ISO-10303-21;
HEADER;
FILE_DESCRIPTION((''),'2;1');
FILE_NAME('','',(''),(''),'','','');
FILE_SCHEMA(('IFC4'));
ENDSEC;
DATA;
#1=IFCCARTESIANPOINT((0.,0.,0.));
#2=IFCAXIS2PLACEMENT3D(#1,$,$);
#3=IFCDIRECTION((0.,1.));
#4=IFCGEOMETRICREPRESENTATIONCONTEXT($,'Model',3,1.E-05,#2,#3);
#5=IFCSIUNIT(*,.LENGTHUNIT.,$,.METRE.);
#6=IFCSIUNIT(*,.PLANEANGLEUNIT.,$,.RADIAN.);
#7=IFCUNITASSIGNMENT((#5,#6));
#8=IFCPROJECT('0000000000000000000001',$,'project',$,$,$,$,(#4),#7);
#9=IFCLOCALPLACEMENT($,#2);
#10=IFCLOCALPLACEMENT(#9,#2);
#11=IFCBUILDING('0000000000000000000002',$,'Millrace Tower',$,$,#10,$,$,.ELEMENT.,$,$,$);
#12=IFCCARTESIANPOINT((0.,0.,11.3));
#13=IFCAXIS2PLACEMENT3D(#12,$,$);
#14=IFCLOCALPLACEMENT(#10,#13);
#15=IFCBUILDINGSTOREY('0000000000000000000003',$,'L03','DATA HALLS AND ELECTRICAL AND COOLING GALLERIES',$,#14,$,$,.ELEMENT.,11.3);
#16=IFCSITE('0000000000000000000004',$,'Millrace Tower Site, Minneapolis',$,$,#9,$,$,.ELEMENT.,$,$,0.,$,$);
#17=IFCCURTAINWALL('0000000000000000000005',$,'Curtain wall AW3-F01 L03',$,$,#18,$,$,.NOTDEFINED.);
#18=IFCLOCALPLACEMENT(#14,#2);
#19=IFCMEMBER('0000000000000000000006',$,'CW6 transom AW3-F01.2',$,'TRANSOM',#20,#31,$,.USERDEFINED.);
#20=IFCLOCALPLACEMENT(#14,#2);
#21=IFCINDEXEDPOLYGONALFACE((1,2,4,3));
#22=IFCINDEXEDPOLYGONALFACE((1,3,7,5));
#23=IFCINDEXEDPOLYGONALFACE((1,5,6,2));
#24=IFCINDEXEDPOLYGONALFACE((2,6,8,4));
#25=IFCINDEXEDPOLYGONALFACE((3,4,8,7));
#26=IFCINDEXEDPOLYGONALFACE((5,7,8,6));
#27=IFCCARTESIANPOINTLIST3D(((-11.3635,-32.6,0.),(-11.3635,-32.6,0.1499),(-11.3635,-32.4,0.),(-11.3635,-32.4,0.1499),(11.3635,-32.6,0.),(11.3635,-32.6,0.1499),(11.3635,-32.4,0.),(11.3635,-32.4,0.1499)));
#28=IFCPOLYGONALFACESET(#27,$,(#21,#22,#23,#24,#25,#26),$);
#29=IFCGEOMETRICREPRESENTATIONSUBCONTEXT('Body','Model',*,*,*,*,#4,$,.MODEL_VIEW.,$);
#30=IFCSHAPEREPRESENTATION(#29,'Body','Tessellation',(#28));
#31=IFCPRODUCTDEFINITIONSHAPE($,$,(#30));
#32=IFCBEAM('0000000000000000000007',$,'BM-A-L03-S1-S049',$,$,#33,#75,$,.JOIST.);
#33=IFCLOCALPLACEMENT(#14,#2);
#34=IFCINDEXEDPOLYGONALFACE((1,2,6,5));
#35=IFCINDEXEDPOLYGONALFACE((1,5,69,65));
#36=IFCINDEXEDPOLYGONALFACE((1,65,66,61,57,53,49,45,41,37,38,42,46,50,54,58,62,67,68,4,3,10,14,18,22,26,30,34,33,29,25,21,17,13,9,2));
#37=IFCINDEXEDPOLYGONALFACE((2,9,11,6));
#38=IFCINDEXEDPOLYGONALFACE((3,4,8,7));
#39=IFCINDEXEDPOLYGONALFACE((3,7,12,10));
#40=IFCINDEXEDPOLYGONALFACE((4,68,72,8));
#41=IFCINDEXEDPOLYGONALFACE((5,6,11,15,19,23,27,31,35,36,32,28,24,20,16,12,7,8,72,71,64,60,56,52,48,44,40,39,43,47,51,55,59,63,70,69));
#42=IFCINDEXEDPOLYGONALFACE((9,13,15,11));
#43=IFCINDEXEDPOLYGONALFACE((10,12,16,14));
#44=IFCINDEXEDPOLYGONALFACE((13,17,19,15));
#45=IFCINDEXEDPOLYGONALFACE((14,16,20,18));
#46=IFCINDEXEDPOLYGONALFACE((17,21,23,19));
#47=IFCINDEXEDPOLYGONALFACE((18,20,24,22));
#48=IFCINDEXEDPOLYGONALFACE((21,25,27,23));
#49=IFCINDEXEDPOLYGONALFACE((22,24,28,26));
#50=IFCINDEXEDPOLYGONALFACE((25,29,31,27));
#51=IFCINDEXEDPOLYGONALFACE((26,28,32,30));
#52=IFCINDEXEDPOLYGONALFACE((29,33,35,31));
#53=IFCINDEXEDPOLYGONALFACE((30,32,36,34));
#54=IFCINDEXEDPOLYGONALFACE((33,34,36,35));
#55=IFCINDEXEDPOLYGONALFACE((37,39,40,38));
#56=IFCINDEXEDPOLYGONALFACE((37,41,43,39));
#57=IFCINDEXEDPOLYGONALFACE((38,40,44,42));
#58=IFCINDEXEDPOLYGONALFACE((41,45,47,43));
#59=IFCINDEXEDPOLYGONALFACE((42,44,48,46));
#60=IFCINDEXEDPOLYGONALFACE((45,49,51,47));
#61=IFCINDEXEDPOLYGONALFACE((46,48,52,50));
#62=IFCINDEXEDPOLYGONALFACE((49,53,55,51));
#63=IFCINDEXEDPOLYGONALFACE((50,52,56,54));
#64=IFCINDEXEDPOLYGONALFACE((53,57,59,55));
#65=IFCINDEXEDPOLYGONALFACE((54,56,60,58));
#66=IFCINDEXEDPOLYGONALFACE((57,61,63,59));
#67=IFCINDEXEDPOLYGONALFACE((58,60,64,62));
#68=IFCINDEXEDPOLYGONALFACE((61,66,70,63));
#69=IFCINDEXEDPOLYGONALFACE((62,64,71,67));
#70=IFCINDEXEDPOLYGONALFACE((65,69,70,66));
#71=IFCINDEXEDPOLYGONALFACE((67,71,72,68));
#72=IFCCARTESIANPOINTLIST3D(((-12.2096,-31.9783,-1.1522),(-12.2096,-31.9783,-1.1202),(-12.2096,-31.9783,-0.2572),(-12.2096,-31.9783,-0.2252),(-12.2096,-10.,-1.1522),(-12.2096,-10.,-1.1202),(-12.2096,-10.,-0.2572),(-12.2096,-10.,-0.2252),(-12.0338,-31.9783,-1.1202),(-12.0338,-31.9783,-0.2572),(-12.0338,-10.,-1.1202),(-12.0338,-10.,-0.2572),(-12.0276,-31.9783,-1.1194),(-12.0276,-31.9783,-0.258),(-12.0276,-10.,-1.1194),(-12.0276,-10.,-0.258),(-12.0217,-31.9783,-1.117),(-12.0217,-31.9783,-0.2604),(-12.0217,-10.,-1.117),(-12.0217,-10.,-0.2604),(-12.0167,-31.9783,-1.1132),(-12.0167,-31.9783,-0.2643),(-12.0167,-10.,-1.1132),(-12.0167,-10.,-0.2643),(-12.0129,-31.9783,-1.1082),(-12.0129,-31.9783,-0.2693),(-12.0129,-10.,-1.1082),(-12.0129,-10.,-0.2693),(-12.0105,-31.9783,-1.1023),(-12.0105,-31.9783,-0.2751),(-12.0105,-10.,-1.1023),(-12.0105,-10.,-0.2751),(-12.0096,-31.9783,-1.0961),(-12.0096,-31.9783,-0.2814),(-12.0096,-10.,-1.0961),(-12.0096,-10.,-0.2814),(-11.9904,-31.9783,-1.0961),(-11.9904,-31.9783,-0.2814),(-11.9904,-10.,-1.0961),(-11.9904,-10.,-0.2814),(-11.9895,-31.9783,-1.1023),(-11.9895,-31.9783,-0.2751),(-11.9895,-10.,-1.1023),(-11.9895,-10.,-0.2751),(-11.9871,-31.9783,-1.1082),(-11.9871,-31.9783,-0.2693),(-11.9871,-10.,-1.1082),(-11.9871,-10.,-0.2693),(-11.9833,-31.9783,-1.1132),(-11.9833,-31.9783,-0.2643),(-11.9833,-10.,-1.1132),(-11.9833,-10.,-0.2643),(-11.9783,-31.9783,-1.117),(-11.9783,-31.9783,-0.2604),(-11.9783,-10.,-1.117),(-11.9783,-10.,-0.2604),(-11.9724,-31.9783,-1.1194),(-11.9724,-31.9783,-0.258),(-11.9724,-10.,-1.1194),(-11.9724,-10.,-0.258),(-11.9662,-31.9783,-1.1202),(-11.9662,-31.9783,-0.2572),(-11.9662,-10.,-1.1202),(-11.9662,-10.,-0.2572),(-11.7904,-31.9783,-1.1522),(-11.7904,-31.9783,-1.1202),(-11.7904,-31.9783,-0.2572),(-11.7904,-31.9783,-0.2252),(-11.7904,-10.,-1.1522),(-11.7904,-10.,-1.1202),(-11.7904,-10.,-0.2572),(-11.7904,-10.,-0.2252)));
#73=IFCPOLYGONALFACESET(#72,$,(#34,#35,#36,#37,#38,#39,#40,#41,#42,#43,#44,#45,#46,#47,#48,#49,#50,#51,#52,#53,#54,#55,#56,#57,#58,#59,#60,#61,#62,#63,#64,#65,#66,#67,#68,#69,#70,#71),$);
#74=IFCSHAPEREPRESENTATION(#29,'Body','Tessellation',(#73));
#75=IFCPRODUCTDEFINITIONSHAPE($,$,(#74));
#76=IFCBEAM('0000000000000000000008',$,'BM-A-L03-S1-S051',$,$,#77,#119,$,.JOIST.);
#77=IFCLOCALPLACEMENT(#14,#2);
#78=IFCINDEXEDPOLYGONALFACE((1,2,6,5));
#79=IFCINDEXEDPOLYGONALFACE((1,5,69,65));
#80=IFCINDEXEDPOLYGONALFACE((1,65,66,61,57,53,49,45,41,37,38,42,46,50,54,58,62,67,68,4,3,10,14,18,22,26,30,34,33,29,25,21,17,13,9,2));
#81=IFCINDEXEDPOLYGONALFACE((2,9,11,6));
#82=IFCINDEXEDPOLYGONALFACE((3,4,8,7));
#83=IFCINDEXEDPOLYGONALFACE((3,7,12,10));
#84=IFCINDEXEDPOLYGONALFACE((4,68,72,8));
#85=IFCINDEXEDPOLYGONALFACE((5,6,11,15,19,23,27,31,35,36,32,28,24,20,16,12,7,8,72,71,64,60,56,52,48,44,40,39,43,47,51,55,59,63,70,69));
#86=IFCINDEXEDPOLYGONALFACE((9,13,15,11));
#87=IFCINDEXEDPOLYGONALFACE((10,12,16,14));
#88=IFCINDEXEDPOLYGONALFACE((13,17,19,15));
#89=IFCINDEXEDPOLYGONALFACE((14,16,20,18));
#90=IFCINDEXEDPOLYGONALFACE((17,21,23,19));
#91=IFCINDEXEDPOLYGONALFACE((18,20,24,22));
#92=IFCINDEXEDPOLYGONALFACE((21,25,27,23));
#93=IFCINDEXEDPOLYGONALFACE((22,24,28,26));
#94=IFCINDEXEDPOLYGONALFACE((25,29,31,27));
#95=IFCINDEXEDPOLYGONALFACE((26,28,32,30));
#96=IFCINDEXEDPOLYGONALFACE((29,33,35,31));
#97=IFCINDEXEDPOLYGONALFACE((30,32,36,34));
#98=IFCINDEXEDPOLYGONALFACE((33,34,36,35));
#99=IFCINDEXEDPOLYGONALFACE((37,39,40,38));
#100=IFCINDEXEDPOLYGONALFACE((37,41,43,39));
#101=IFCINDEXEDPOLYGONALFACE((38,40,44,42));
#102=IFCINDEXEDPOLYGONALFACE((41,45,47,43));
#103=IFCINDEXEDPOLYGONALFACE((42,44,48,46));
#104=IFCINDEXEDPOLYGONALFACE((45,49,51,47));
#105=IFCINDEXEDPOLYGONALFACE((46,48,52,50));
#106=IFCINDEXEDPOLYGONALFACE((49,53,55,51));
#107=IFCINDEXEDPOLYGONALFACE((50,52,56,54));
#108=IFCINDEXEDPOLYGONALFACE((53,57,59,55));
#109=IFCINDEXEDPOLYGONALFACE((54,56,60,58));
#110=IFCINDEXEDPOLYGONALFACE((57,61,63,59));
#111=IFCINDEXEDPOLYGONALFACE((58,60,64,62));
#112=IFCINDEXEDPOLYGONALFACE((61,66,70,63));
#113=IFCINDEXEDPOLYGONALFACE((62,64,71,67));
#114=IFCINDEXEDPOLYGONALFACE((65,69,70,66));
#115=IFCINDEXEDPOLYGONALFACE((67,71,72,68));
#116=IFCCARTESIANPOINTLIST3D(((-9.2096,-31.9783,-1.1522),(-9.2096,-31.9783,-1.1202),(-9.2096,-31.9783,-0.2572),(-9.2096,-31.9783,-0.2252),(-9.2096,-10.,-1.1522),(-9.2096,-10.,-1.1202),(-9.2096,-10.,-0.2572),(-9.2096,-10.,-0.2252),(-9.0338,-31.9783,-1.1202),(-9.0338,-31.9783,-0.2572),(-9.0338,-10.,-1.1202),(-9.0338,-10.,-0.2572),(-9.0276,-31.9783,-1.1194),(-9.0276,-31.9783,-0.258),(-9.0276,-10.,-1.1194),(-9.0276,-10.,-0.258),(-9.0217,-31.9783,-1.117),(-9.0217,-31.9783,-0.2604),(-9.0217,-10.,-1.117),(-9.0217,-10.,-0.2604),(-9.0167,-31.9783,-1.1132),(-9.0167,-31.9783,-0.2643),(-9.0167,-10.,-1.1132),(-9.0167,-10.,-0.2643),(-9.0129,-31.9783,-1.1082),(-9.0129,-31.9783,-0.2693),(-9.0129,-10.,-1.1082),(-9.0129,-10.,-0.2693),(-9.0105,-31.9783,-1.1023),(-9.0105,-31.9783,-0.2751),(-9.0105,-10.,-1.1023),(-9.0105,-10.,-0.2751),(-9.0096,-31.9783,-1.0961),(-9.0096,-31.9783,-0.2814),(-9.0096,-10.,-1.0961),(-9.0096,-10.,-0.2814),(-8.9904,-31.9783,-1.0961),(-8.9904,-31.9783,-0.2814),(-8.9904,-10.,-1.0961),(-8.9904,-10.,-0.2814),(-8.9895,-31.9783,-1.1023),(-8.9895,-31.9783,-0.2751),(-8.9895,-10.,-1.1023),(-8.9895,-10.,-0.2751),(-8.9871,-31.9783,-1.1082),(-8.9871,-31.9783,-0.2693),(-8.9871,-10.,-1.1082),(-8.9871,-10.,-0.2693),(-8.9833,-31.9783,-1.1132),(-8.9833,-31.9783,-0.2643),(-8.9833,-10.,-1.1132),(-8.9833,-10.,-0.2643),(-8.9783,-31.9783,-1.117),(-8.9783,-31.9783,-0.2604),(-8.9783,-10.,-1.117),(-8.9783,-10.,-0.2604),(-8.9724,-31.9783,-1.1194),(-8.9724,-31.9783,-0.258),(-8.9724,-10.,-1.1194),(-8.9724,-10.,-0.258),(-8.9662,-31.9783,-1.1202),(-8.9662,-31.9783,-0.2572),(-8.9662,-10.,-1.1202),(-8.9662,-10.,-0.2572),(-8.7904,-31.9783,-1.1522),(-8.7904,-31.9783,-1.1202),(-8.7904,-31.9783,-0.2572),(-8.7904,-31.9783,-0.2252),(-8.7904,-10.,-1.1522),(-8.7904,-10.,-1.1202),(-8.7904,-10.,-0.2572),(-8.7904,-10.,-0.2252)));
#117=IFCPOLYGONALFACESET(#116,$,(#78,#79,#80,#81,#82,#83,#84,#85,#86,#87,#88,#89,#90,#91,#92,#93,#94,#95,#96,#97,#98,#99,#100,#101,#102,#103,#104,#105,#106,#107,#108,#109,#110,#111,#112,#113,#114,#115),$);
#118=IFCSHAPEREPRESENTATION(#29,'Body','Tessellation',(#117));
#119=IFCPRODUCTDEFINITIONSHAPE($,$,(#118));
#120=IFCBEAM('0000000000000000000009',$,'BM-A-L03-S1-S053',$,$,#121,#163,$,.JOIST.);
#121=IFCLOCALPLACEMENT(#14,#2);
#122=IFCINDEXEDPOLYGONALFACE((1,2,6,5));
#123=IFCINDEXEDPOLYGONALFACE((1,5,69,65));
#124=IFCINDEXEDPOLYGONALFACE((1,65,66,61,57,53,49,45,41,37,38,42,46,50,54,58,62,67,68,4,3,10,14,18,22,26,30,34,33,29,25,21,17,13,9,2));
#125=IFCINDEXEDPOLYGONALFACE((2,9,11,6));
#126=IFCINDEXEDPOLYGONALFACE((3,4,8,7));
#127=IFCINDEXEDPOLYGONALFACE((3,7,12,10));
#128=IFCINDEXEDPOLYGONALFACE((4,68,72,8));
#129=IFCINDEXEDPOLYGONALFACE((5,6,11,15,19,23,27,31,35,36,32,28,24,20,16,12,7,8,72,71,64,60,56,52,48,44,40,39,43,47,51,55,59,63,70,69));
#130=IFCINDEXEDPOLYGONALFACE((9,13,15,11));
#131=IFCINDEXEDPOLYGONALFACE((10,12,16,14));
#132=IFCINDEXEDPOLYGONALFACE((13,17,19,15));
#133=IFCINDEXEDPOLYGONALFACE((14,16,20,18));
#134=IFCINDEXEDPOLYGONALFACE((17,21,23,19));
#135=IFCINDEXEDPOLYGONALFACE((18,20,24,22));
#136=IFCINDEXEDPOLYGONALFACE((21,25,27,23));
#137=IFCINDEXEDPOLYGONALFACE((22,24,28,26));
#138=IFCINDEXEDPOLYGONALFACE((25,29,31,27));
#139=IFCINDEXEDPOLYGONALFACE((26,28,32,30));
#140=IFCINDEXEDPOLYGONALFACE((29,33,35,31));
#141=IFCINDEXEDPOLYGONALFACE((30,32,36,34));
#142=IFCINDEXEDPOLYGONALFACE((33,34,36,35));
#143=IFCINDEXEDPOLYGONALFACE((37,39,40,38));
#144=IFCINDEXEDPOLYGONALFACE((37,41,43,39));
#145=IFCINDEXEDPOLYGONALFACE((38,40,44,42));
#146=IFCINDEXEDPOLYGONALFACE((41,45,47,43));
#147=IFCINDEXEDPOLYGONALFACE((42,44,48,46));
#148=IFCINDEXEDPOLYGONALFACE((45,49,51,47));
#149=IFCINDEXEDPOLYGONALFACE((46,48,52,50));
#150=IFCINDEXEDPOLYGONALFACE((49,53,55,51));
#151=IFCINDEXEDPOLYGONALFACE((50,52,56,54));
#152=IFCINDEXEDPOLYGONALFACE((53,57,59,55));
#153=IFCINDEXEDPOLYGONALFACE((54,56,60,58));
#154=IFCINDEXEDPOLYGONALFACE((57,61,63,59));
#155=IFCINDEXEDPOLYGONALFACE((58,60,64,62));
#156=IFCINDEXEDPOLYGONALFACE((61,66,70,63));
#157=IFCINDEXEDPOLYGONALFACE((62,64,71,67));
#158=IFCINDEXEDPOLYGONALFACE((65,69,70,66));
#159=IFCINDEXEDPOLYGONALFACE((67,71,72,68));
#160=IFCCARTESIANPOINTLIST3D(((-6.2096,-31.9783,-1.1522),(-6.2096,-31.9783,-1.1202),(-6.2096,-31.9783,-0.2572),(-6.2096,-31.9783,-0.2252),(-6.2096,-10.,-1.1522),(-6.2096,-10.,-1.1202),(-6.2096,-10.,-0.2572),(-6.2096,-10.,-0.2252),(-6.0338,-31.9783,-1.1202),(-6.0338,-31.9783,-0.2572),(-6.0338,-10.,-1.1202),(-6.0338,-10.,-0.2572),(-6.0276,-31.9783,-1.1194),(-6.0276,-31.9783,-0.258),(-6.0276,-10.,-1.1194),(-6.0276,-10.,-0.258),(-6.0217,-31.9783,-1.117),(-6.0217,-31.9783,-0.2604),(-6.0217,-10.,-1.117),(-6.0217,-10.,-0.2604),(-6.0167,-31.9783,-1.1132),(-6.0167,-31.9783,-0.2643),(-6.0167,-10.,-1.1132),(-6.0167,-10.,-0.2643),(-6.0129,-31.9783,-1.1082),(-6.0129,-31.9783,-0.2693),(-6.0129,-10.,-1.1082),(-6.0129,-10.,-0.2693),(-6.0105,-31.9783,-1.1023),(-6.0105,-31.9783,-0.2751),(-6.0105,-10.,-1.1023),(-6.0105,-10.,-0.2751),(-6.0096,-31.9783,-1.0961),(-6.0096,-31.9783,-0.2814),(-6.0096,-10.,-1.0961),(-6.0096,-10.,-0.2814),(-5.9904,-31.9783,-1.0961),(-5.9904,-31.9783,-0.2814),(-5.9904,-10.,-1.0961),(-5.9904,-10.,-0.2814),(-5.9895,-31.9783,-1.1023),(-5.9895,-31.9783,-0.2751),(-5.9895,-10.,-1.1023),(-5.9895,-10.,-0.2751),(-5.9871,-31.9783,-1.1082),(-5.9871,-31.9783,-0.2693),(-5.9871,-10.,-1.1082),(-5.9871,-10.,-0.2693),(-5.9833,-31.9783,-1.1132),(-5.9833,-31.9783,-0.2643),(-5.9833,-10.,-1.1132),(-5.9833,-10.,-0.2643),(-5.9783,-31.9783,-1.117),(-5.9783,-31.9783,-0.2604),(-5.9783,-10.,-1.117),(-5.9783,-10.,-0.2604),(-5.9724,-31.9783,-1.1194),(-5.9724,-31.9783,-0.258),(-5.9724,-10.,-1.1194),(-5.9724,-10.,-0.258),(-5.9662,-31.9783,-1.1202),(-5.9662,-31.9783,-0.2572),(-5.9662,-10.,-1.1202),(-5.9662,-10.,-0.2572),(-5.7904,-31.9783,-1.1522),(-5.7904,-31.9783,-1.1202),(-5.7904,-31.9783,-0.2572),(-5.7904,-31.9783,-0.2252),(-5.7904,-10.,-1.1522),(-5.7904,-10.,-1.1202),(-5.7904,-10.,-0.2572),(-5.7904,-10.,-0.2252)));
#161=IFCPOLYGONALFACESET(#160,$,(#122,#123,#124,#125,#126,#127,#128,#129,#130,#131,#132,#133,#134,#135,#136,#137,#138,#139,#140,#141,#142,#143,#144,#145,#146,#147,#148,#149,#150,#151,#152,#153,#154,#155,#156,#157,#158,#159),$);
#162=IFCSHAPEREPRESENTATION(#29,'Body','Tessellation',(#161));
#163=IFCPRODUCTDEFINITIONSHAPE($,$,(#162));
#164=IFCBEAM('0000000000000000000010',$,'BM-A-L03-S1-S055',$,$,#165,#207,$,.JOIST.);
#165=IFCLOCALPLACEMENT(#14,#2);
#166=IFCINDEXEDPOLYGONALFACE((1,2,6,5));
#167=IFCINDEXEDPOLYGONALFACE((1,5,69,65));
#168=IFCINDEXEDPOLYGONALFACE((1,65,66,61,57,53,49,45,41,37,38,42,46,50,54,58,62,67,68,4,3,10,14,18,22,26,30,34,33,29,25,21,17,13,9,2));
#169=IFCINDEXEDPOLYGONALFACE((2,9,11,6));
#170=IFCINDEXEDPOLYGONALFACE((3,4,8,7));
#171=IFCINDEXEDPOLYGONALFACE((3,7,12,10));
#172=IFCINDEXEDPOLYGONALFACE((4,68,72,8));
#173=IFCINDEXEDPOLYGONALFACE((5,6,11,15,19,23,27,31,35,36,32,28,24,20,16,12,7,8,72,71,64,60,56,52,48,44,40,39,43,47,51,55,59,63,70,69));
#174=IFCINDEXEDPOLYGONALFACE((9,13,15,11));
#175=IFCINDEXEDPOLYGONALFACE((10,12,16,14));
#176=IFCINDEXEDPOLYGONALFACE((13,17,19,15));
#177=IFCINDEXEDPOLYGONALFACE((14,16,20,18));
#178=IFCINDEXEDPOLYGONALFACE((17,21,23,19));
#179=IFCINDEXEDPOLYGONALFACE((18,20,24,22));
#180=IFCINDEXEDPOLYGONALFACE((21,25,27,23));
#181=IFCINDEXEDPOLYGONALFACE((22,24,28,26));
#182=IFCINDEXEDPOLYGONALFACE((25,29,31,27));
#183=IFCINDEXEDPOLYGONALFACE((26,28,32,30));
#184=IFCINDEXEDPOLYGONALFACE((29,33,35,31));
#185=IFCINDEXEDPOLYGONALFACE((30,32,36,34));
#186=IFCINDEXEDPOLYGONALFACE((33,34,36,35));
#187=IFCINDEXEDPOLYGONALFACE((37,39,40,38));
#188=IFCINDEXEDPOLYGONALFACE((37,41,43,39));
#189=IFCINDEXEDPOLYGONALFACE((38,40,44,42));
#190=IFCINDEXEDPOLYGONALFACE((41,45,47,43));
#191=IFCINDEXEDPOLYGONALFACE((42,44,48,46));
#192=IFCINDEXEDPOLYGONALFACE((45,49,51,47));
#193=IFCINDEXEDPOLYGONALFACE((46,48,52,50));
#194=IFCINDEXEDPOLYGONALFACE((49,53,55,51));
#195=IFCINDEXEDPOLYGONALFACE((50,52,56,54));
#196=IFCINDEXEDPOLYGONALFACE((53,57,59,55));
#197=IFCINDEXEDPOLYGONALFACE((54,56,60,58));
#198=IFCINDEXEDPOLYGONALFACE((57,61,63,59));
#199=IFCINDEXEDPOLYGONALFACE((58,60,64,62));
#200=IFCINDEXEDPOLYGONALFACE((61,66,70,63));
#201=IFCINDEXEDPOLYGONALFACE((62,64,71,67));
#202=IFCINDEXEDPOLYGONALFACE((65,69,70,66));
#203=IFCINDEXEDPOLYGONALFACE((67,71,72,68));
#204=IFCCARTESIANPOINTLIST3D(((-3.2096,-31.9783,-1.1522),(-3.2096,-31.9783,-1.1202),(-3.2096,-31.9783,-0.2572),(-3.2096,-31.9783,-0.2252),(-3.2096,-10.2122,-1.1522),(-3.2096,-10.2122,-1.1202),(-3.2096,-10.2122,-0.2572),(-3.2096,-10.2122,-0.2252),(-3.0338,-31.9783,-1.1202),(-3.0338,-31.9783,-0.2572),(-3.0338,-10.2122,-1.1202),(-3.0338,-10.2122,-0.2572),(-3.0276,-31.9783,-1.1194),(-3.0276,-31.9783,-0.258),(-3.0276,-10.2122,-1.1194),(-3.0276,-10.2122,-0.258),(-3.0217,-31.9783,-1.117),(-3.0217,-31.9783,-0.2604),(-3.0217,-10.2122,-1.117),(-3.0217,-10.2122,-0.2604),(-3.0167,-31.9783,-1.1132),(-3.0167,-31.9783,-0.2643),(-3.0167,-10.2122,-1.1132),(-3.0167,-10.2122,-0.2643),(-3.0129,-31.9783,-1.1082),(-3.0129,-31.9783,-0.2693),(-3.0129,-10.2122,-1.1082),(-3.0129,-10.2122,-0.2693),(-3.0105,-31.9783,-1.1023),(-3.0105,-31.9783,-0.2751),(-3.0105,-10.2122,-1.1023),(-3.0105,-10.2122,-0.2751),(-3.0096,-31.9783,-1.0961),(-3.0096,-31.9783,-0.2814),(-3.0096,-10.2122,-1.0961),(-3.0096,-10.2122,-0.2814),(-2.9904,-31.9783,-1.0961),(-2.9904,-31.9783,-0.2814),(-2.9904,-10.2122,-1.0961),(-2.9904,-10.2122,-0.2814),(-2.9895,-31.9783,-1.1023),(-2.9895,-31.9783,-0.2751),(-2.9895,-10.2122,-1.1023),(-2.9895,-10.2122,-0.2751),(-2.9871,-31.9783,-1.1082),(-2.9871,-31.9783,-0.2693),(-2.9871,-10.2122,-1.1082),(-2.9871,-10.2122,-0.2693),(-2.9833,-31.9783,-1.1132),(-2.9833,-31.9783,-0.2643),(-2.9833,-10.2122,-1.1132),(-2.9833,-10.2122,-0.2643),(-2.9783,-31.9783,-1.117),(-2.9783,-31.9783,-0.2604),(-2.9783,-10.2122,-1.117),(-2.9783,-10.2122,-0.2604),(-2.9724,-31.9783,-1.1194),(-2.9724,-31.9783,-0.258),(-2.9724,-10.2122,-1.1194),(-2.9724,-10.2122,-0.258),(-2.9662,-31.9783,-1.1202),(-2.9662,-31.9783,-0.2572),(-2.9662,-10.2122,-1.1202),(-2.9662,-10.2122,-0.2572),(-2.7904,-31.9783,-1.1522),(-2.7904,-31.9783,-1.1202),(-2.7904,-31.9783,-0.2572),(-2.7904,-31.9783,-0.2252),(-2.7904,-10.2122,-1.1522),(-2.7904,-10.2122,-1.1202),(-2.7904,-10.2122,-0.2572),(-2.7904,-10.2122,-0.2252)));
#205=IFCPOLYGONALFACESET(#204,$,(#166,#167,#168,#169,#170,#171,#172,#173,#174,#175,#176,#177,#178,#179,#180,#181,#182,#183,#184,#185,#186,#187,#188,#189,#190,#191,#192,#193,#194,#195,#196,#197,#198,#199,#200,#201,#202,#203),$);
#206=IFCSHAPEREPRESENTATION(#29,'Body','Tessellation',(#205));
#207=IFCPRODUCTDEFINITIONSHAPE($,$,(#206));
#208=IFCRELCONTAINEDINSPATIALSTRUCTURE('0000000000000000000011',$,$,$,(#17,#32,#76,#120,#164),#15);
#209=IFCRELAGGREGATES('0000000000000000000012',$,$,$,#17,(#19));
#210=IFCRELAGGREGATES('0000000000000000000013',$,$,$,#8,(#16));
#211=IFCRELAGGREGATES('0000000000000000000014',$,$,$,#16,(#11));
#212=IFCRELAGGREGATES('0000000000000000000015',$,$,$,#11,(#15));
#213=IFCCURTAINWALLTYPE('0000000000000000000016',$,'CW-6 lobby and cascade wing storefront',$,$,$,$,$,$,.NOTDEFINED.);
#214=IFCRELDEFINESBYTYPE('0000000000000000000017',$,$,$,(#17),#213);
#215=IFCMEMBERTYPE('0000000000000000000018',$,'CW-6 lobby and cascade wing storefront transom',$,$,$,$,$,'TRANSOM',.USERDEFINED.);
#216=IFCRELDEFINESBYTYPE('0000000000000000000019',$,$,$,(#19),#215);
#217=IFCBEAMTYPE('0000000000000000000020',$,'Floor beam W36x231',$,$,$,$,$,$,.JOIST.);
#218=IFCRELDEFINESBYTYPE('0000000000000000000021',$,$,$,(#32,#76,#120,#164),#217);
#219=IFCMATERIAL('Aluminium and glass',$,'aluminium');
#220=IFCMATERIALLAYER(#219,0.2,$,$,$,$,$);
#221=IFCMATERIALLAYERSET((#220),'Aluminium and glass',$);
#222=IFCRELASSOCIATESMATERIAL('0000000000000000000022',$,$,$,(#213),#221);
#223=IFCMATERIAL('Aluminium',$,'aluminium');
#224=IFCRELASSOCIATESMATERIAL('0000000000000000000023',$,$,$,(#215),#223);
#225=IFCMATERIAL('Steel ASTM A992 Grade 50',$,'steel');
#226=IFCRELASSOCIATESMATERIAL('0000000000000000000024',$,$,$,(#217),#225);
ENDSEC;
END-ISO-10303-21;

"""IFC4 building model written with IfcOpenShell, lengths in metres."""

from ifc_helpers import new_model, si_unit, direction, frame, origin, origin_2d, place, context, subcontext, project, spatial, rectangle, i_section, extrude, material, layer, layer_set, material_profile, profile_set, type_object, element, aggregate, save


model = new_model("IFC4")

# Units and contexts
model_context = context("Model", 3, precision=1e-05, world=origin(), true_north=direction((0.0, 1.0)))
body_context = subcontext(model_context, "Body", "Model", "MODEL_VIEW")
ifc_project = project(units=[si_unit("LENGTHUNIT", "METRE"), si_unit("PLANEANGLEUNIT", "RADIAN")], contexts=[model_context])

# Site, building, storey
site_placement = place(None, origin())
site = spatial("IfcSite", under=ifc_project, at=site_placement, Name="Millrace Tower Site, Minneapolis", CompositionType="ELEMENT", RefElevation=0.0)
building_placement = place(site_placement, origin())
building = spatial("IfcBuilding", under=site, at=building_placement, Name="Millrace Tower", CompositionType="ELEMENT")
storey_placement = place(building_placement, frame((0.0, 0.0, 11.3)))
storey = spatial("IfcBuildingStorey", under=building, at=storey_placement, Name="L03", Description="DATA HALLS AND ELECTRICAL AND COOLING GALLERIES", CompositionType="ELEMENT", Elevation=11.3)

# Curtain wall, member
ifc_material_1 = material(Name="Aluminium and glass", Category="aluminium")
ifc_layer_1 = layer(ifc_material_1, 0.2)
ifc_layer_set_1 = layer_set([ifc_layer_1], Name="Aluminium and glass")
curtain_wall_type = type_object("IfcCurtainWallType", Name="CW-6 lobby and cascade wing storefront", PredefinedType="NOTDEFINED", material=ifc_layer_set_1)
curtain_wall_placement = place(storey_placement, origin())
curtain_wall = element("IfcCurtainWall", 1, at=curtain_wall_placement, inside=storey, type_object=curtain_wall_type, Name="Curtain wall AW3-F01 L03", PredefinedType="NOTDEFINED")
ifc_material_2 = material(Name="Aluminium", Category="aluminium")
ifc_material_profile_1 = material_profile(ifc_material_2, rectangle(XDim=0.2, YDim=0.1499, at=origin_2d()))
ifc_profile_set_1 = profile_set([ifc_material_profile_1], Name="Aluminium")
member_type_1 = type_object("IfcMemberType", Name="CW-6 lobby and cascade wing storefront transom", ElementType="TRANSOM", PredefinedType="USERDEFINED", material=ifc_profile_set_1)
member_1_placement = place(storey_placement, frame((-11.3635, -32.5, 0.075), z_axis=(1.0, 0.0, 0.0), x_axis=(0.0, 1.0, 0.0)))
member_1 = element("IfcMember", 2, at=member_1_placement, type_object=member_type_1, Name="CW6 transom AW3-F01.2", ObjectType="TRANSOM", PredefinedType="USERDEFINED", context=body_context, shape_type="SweptSolid", body=[
    extrude(rectangle(XDim=0.2, YDim=0.1499, at=origin_2d()), origin(), (0.0, 0.0, 1.0), 22.7271),
])
aggregate(curtain_wall, [member_1])

# Beams
ifc_material_3 = material(Name="Steel ASTM A992 Grade 50", Category="steel")
ifc_material_profile_2 = material_profile(ifc_material_3, i_section(OverallWidth=0.4192, OverallDepth=0.927, WebThickness=0.0193, FlangeThickness=0.032, FilletRadius=0.0242, at=origin_2d()))
ifc_profile_set_2 = profile_set([ifc_material_profile_2], Name="Steel ASTM A992 Grade 50")
beam_type_1 = type_object("IfcBeamType", Name="Floor beam W36x231", PredefinedType="JOIST", material=ifc_profile_set_2)
for number, where, z_axis, x_axis, name in (
    (3, (-12.0, -31.9783, -0.6887), (0.0, 1.0, 0.0), (-1.0, 0.0, 0.0), "BM-A-L03-S1-S049"),
    (4, (-9.0, -31.9783, -0.6887), (0.0, 1.0, 0.0), (-1.0, 0.0, 0.0), "BM-A-L03-S1-S051"),
    (5, (-6.0, -31.9783, -0.6887), (0.0, 1.0, 0.0), (-1.0, 0.0, 0.0), "BM-A-L03-S1-S053"),
):
    element("IfcBeam", number, at=place(storey_placement, frame(where, z_axis=z_axis, x_axis=x_axis)), inside=storey, type_object=beam_type_1, Name=name, PredefinedType="JOIST", context=body_context, shape_type="SweptSolid", body=[
        extrude(i_section(OverallWidth=0.4192, OverallDepth=0.927, WebThickness=0.0193, FlangeThickness=0.032, FilletRadius=0.0242, at=origin_2d()), origin(), (0.0, 0.0, 1.0), 21.9783),
    ])
for number, where, z_axis, x_axis, name in (
    (6, (-3.0, -31.9783, -0.6887), (0.0, 1.0, 0.0), (-1.0, 0.0, 0.0), "BM-A-L03-S1-S055"),
):
    element("IfcBeam", number, at=place(storey_placement, frame(where, z_axis=z_axis, x_axis=x_axis)), inside=storey, type_object=beam_type_1, Name=name, PredefinedType="JOIST", context=body_context, shape_type="SweptSolid", body=[
        extrude(i_section(OverallWidth=0.4192, OverallDepth=0.927, WebThickness=0.0193, FlangeThickness=0.032, FilletRadius=0.0242, at=origin_2d()), origin(), (0.0, 0.0, 1.0), 21.7661),
    ])

save(model, "model.ifc")
